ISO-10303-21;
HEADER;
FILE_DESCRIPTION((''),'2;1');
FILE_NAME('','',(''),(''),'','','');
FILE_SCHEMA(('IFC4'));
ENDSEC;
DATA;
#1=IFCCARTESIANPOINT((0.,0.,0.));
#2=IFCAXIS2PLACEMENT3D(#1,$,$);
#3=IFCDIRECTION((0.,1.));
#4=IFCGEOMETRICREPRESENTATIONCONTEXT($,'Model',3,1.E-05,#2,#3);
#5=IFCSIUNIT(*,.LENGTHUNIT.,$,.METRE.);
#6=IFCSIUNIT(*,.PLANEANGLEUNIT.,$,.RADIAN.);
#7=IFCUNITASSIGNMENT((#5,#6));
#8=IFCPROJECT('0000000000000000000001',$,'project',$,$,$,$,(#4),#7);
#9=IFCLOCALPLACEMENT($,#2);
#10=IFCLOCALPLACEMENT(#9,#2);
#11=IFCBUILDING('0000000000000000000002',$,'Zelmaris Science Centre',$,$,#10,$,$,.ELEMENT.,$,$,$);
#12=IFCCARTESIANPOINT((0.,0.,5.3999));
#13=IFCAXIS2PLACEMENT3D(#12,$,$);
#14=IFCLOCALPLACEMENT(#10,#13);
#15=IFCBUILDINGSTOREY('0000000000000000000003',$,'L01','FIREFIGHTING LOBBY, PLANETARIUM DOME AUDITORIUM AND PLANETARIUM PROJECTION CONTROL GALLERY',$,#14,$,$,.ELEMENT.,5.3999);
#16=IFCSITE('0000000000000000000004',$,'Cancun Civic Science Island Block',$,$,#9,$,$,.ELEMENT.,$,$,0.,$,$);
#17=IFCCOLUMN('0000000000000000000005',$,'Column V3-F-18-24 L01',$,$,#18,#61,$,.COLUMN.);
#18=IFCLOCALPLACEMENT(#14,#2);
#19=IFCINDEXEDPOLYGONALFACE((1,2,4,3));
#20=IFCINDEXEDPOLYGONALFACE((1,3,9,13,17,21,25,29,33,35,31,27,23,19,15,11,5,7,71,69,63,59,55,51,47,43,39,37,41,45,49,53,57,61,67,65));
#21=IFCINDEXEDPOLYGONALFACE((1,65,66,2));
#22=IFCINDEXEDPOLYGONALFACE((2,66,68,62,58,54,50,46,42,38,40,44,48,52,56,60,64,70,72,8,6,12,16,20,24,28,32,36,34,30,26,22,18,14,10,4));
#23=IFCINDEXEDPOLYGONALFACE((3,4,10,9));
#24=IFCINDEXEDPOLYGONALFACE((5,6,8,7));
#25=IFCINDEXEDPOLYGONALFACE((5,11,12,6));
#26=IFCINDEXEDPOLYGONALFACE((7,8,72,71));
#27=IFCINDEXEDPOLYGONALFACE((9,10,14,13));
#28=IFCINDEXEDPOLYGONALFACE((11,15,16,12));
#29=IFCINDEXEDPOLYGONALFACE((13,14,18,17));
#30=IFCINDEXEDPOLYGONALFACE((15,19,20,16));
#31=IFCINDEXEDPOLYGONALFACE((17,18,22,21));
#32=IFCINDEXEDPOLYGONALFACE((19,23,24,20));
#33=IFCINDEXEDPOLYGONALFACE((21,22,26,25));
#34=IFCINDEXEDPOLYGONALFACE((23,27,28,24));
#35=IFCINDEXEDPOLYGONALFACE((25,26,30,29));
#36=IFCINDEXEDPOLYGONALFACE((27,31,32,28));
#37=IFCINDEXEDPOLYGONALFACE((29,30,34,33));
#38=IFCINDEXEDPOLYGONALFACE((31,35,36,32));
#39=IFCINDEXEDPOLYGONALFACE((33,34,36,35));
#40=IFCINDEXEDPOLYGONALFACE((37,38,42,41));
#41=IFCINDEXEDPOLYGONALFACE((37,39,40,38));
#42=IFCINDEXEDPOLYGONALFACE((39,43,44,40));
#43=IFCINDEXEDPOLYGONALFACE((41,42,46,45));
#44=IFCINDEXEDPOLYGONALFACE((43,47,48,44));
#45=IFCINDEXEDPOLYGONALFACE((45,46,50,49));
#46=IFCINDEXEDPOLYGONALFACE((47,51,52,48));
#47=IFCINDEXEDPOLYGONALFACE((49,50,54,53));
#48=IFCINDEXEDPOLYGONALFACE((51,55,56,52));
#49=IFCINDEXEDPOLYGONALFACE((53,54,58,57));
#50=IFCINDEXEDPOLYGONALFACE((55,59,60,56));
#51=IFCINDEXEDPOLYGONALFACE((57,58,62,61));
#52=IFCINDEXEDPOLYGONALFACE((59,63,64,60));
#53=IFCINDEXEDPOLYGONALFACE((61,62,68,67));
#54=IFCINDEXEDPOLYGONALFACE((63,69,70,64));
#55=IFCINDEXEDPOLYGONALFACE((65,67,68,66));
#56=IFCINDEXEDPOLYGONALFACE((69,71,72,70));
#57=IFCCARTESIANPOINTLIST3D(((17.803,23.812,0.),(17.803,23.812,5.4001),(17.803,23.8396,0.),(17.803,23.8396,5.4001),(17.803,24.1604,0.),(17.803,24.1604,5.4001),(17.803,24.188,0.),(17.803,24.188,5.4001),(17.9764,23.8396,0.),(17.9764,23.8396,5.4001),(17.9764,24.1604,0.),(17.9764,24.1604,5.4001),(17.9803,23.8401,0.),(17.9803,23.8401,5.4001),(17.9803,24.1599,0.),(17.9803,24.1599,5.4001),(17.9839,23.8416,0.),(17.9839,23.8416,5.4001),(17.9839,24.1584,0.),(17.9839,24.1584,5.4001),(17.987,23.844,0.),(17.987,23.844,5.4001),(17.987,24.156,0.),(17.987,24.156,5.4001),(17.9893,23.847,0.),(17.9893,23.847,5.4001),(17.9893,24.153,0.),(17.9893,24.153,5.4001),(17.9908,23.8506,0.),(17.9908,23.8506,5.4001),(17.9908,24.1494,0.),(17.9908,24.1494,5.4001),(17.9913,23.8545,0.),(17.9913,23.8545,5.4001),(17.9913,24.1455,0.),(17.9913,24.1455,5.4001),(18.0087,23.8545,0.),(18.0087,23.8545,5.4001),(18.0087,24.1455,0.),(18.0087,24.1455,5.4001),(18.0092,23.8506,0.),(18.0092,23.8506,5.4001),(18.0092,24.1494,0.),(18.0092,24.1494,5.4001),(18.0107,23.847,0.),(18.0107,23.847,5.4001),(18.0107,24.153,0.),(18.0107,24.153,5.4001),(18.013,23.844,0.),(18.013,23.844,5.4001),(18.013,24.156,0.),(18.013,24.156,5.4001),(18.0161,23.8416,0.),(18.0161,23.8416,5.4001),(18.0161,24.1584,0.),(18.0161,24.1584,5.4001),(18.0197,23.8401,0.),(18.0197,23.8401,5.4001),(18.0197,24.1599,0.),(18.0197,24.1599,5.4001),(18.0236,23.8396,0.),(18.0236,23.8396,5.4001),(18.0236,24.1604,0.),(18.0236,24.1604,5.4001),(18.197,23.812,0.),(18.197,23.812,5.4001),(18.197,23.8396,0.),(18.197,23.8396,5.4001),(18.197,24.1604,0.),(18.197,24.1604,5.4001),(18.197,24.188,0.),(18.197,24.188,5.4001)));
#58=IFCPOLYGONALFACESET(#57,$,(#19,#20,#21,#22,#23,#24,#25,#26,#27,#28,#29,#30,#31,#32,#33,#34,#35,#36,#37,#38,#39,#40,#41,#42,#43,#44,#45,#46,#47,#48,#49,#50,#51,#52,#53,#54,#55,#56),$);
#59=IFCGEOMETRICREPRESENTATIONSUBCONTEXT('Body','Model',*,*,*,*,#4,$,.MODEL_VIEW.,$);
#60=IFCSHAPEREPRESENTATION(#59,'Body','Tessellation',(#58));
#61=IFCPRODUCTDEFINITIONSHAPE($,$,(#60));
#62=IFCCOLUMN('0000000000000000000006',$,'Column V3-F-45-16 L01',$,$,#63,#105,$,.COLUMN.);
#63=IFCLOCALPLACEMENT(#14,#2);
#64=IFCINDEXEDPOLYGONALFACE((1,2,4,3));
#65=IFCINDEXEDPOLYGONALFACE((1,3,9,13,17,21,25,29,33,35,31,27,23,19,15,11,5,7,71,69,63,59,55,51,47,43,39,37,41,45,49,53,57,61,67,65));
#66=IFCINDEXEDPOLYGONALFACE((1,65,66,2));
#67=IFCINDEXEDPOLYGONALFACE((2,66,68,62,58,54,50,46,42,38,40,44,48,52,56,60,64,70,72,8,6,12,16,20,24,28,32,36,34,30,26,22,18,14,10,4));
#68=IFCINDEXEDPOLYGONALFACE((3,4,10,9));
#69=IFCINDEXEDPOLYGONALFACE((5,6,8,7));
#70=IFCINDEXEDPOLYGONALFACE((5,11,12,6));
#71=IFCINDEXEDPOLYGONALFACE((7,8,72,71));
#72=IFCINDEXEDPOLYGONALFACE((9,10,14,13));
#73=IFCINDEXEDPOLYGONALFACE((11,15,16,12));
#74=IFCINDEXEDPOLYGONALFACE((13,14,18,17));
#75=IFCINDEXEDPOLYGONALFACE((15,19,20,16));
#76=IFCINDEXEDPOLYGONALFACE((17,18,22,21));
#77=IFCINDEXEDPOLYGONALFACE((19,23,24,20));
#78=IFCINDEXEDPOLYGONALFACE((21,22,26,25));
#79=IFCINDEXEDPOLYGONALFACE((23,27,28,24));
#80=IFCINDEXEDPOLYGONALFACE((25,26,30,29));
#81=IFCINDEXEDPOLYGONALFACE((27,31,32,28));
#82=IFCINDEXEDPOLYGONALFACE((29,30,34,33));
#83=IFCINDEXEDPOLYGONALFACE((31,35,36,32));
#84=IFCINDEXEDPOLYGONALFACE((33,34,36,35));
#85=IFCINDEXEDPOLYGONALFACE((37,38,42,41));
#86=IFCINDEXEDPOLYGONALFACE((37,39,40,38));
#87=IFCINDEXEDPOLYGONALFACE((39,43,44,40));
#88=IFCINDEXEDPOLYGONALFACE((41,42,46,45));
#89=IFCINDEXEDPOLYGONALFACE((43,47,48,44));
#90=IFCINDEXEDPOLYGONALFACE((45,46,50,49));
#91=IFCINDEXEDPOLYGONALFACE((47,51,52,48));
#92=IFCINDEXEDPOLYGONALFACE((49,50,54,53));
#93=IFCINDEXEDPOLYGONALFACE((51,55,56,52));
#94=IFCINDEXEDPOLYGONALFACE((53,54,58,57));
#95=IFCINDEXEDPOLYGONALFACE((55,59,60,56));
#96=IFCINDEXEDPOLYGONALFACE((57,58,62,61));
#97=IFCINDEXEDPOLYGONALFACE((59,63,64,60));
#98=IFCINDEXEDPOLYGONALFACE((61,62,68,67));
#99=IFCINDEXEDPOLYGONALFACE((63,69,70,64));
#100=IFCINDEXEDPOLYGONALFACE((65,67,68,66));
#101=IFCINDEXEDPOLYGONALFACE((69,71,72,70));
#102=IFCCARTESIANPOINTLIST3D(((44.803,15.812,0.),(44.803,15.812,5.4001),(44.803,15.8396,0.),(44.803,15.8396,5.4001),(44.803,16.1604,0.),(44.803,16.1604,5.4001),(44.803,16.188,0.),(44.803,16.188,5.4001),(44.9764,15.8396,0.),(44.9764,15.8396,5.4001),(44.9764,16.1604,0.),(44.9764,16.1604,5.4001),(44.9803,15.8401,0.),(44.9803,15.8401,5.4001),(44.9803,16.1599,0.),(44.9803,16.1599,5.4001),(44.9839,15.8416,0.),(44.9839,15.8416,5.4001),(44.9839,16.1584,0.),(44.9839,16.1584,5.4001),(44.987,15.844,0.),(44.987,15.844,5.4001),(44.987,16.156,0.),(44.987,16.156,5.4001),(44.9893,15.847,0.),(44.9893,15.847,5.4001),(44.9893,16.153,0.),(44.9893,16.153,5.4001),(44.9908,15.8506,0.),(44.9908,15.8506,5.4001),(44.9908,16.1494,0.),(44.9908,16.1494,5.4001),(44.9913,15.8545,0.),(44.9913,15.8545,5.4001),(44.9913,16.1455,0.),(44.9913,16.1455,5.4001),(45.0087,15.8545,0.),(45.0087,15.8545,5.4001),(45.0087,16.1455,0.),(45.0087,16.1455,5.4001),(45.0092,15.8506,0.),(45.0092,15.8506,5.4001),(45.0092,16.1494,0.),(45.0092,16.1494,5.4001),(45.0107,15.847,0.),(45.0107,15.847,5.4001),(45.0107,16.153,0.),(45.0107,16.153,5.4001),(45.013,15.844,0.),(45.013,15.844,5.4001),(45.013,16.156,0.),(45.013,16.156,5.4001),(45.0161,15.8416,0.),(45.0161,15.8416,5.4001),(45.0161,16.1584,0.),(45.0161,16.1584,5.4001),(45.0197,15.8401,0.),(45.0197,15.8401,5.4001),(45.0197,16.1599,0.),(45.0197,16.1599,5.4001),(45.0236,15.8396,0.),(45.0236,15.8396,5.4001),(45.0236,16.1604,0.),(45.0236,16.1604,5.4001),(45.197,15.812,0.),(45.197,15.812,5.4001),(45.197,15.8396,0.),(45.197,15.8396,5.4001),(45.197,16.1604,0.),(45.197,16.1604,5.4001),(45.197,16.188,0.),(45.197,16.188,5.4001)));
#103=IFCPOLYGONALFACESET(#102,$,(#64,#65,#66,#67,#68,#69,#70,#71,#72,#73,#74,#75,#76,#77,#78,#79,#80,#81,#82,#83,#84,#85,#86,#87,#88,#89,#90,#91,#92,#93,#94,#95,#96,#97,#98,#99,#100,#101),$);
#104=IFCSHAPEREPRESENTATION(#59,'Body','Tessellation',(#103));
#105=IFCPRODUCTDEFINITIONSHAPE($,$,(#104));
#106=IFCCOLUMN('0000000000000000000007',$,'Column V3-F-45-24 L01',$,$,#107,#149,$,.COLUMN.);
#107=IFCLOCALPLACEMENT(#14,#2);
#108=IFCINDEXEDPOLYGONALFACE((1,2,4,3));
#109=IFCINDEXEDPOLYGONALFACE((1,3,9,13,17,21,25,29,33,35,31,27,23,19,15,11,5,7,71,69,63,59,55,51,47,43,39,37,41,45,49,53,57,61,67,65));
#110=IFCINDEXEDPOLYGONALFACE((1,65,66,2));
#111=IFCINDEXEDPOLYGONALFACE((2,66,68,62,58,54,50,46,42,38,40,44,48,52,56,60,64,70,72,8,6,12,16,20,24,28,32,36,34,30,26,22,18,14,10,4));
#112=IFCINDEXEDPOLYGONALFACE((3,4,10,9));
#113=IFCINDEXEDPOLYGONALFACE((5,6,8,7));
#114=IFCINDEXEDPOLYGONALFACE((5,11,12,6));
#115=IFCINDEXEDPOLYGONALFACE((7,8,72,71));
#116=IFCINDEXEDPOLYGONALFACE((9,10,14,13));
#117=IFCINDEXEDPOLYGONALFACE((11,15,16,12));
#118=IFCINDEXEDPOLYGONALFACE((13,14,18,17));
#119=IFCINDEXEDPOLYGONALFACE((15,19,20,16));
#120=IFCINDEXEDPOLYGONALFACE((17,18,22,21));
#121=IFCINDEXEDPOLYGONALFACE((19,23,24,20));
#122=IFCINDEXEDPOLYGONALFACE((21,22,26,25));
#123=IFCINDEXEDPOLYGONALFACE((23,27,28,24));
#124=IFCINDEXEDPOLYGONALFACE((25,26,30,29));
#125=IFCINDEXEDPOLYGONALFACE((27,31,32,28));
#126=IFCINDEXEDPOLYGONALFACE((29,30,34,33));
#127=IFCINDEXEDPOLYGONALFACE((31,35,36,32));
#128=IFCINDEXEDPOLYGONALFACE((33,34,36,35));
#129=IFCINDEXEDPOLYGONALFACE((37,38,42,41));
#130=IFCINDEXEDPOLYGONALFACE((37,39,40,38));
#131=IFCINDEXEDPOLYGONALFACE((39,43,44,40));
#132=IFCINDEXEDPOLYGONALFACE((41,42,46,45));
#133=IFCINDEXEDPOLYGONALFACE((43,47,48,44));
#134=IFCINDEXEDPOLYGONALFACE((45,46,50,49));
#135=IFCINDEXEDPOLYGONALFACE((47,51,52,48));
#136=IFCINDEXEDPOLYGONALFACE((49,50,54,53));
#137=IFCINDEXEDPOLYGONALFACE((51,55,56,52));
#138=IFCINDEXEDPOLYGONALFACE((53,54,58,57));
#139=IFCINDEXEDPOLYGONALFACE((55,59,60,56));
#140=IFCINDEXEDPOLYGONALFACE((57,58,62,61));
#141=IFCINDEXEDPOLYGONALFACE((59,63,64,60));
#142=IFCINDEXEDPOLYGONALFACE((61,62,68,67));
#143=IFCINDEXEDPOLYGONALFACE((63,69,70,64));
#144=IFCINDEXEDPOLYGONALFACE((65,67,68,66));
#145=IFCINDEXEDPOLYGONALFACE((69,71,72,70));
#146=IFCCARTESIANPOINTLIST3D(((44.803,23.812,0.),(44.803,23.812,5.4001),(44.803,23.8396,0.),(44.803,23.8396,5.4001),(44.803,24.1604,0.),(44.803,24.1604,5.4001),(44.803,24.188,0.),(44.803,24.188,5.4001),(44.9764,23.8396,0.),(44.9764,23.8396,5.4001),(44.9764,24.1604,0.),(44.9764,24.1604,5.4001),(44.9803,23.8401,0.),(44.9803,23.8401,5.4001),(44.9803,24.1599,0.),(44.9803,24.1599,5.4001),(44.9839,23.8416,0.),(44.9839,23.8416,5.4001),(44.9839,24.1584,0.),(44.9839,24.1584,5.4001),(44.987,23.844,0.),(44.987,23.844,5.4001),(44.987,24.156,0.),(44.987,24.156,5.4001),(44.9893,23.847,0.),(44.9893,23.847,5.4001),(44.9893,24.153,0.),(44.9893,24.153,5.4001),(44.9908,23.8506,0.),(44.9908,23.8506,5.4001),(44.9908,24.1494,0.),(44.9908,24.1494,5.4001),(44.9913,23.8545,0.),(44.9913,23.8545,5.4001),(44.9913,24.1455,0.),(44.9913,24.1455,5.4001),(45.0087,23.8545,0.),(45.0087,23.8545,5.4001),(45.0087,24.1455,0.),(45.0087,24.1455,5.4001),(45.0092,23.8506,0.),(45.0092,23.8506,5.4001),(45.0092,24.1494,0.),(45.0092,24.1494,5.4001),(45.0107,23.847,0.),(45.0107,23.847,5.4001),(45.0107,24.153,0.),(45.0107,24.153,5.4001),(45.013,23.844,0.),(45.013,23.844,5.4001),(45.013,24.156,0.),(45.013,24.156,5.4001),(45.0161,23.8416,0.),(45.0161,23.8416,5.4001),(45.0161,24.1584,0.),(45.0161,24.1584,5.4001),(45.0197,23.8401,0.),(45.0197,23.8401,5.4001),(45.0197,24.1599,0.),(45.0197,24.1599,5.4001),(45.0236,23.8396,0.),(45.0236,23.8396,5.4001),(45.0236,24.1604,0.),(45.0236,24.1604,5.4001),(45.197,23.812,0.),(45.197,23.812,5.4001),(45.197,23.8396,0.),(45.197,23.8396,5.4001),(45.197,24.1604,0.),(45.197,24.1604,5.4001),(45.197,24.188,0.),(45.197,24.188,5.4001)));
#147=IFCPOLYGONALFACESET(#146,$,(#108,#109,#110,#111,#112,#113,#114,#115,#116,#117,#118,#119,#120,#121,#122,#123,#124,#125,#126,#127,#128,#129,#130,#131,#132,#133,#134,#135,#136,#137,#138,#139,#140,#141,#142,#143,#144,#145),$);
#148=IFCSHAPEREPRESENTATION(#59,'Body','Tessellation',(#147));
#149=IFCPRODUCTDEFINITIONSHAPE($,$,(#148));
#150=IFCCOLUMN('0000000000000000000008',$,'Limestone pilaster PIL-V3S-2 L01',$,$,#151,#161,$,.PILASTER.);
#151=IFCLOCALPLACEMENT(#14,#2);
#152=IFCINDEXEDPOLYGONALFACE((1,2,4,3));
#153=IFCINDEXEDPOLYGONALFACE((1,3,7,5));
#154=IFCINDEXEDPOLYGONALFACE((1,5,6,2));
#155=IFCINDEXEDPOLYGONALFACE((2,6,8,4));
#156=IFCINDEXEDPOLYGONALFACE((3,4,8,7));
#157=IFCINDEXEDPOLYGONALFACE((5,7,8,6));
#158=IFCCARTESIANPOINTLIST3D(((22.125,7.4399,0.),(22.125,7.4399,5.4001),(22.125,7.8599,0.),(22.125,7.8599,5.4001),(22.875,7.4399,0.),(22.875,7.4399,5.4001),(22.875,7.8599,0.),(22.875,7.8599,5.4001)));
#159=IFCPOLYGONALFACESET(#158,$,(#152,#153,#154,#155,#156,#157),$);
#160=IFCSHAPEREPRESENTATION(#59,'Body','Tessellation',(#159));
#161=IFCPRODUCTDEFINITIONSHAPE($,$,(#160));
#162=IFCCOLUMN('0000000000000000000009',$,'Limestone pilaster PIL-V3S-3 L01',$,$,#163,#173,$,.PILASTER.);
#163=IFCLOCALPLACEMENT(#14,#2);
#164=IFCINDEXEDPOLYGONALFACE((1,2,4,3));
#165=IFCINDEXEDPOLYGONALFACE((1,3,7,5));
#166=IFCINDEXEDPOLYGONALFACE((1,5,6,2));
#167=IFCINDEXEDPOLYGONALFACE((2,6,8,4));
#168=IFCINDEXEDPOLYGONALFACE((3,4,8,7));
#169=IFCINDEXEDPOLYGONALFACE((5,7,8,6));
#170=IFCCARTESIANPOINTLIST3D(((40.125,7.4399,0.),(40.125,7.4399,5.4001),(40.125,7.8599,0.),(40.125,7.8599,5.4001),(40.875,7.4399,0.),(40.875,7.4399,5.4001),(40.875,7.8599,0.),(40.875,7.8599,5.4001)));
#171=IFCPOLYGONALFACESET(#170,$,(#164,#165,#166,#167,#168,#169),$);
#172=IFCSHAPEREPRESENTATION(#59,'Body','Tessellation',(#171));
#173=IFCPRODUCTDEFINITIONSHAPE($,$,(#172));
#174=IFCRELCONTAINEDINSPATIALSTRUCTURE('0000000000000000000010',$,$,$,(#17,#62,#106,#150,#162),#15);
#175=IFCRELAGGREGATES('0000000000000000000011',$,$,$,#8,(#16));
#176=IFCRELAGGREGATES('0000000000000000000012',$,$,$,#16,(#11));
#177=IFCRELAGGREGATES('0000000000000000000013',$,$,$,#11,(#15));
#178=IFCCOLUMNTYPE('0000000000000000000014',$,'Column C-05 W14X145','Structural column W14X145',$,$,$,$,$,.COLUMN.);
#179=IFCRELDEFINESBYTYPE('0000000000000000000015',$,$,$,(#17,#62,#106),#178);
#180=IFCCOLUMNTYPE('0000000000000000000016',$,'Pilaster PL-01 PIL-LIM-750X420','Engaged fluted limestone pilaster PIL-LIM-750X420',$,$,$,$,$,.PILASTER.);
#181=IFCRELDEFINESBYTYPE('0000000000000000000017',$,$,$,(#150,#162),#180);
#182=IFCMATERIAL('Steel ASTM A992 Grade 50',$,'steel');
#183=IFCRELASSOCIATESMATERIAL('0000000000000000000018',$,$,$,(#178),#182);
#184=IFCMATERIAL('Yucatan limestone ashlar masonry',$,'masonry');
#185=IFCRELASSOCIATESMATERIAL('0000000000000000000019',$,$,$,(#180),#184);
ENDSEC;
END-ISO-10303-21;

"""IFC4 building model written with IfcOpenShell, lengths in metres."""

from ifc_helpers import new_model, si_unit, direction, frame, origin, origin_2d, place, context, subcontext, project, spatial, rectangle, i_section, extrude, material, material_profile, profile_set, type_object, element, save


model = new_model("IFC4")

# Units and contexts
model_context = context("Model", 3, precision=1e-05, world=origin(), true_north=direction((0.0, 1.0)))
body_context = subcontext(model_context, "Body", "Model", "MODEL_VIEW")
ifc_project = project(units=[si_unit("LENGTHUNIT", "METRE"), si_unit("PLANEANGLEUNIT", "RADIAN")], contexts=[model_context])

# Site, building, storey
site_placement = place(None, origin())
site = spatial("IfcSite", under=ifc_project, at=site_placement, Name="Cancun Civic Science Island Block", CompositionType="ELEMENT", RefElevation=0.0)
building_placement = place(site_placement, origin())
building = spatial("IfcBuilding", under=site, at=building_placement, Name="Zelmaris Science Centre", CompositionType="ELEMENT")
storey_placement = place(building_placement, frame((0.0, 0.0, 5.3999)))
storey = spatial("IfcBuildingStorey", under=building, at=storey_placement, Name="L01", Description="FIREFIGHTING LOBBY, PLANETARIUM DOME AUDITORIUM AND PLANETARIUM PROJECTION CONTROL GALLERY", CompositionType="ELEMENT", Elevation=5.3999)

# Columns
ifc_material_1 = material(Name="Steel ASTM A992 Grade 50", Category="steel")
ifc_material_profile_1 = material_profile(ifc_material_1, i_section(OverallWidth=0.394, OverallDepth=0.376, WebThickness=0.0173, FlangeThickness=0.0276, FilletRadius=0.0149, at=origin_2d()), Name="W14X145")
ifc_profile_set_1 = profile_set([ifc_material_profile_1], Name="Steel ASTM A992 Grade 50")
column_type_1 = type_object("IfcColumnType", Name="Column C-05 W14X145", Description="Structural column W14X145", PredefinedType="COLUMN", material=ifc_profile_set_1)
for number, where, z_axis, x_axis, name in (
    (1, (18.0, 24.0, 0.0), (0.0, 0.0, 1.0), (1.0, 0.0, 0.0), "Column V3-F-18-24 L01"),
    (2, (45.0, 16.0, 0.0), (0.0, 0.0, 1.0), (1.0, 0.0, 0.0), "Column V3-F-45-16 L01"),
    (3, (45.0, 24.0, 0.0), (0.0, 0.0, 1.0), (1.0, 0.0, 0.0), "Column V3-F-45-24 L01"),
):
    element("IfcColumn", number, at=place(storey_placement, frame(where, z_axis=z_axis, x_axis=x_axis)), inside=storey, type_object=column_type_1, Name=name, PredefinedType="COLUMN", context=body_context, shape_type="SweptSolid", body=[
        extrude(i_section(OverallWidth=0.394, OverallDepth=0.376, WebThickness=0.0173, FlangeThickness=0.0276, FilletRadius=0.0149, at=origin_2d()), origin(), (0.0, 0.0, 1.0), 5.4001),
    ])
ifc_material_2 = material(Name="Yucatan limestone ashlar masonry", Category="masonry")
ifc_material_profile_2 = material_profile(ifc_material_2, rectangle(XDim=0.75, YDim=0.4199, at=origin_2d()), Name="PIL-LIM-750X420")
ifc_profile_set_2 = profile_set([ifc_material_profile_2], Name="Yucatan limestone ashlar masonry")
column_type_2 = type_object("IfcColumnType", Name="Pilaster PL-01 PIL-LIM-750X420", Description="Engaged fluted limestone pilaster PIL-LIM-750X420", PredefinedType="PILASTER", material=ifc_profile_set_2)
for number, where, z_axis, x_axis, name in (
    (4, (22.5, 7.6499, 0.0), (0.0, 0.0, 1.0), (1.0, 0.0, 0.0), "Limestone pilaster PIL-V3S-2 L01"),
    (5, (40.5, 7.6499, 0.0), (0.0, 0.0, 1.0), (1.0, 0.0, 0.0), "Limestone pilaster PIL-V3S-3 L01"),
):
    element("IfcColumn", number, at=place(storey_placement, frame(where, z_axis=z_axis, x_axis=x_axis)), inside=storey, type_object=column_type_2, Name=name, PredefinedType="PILASTER", context=body_context, shape_type="SweptSolid", body=[
        extrude(rectangle(XDim=0.75, YDim=0.4199, at=origin_2d()), origin(), (0.0, 0.0, 1.0), 5.4001),
    ])

save(model, "model.ifc")
